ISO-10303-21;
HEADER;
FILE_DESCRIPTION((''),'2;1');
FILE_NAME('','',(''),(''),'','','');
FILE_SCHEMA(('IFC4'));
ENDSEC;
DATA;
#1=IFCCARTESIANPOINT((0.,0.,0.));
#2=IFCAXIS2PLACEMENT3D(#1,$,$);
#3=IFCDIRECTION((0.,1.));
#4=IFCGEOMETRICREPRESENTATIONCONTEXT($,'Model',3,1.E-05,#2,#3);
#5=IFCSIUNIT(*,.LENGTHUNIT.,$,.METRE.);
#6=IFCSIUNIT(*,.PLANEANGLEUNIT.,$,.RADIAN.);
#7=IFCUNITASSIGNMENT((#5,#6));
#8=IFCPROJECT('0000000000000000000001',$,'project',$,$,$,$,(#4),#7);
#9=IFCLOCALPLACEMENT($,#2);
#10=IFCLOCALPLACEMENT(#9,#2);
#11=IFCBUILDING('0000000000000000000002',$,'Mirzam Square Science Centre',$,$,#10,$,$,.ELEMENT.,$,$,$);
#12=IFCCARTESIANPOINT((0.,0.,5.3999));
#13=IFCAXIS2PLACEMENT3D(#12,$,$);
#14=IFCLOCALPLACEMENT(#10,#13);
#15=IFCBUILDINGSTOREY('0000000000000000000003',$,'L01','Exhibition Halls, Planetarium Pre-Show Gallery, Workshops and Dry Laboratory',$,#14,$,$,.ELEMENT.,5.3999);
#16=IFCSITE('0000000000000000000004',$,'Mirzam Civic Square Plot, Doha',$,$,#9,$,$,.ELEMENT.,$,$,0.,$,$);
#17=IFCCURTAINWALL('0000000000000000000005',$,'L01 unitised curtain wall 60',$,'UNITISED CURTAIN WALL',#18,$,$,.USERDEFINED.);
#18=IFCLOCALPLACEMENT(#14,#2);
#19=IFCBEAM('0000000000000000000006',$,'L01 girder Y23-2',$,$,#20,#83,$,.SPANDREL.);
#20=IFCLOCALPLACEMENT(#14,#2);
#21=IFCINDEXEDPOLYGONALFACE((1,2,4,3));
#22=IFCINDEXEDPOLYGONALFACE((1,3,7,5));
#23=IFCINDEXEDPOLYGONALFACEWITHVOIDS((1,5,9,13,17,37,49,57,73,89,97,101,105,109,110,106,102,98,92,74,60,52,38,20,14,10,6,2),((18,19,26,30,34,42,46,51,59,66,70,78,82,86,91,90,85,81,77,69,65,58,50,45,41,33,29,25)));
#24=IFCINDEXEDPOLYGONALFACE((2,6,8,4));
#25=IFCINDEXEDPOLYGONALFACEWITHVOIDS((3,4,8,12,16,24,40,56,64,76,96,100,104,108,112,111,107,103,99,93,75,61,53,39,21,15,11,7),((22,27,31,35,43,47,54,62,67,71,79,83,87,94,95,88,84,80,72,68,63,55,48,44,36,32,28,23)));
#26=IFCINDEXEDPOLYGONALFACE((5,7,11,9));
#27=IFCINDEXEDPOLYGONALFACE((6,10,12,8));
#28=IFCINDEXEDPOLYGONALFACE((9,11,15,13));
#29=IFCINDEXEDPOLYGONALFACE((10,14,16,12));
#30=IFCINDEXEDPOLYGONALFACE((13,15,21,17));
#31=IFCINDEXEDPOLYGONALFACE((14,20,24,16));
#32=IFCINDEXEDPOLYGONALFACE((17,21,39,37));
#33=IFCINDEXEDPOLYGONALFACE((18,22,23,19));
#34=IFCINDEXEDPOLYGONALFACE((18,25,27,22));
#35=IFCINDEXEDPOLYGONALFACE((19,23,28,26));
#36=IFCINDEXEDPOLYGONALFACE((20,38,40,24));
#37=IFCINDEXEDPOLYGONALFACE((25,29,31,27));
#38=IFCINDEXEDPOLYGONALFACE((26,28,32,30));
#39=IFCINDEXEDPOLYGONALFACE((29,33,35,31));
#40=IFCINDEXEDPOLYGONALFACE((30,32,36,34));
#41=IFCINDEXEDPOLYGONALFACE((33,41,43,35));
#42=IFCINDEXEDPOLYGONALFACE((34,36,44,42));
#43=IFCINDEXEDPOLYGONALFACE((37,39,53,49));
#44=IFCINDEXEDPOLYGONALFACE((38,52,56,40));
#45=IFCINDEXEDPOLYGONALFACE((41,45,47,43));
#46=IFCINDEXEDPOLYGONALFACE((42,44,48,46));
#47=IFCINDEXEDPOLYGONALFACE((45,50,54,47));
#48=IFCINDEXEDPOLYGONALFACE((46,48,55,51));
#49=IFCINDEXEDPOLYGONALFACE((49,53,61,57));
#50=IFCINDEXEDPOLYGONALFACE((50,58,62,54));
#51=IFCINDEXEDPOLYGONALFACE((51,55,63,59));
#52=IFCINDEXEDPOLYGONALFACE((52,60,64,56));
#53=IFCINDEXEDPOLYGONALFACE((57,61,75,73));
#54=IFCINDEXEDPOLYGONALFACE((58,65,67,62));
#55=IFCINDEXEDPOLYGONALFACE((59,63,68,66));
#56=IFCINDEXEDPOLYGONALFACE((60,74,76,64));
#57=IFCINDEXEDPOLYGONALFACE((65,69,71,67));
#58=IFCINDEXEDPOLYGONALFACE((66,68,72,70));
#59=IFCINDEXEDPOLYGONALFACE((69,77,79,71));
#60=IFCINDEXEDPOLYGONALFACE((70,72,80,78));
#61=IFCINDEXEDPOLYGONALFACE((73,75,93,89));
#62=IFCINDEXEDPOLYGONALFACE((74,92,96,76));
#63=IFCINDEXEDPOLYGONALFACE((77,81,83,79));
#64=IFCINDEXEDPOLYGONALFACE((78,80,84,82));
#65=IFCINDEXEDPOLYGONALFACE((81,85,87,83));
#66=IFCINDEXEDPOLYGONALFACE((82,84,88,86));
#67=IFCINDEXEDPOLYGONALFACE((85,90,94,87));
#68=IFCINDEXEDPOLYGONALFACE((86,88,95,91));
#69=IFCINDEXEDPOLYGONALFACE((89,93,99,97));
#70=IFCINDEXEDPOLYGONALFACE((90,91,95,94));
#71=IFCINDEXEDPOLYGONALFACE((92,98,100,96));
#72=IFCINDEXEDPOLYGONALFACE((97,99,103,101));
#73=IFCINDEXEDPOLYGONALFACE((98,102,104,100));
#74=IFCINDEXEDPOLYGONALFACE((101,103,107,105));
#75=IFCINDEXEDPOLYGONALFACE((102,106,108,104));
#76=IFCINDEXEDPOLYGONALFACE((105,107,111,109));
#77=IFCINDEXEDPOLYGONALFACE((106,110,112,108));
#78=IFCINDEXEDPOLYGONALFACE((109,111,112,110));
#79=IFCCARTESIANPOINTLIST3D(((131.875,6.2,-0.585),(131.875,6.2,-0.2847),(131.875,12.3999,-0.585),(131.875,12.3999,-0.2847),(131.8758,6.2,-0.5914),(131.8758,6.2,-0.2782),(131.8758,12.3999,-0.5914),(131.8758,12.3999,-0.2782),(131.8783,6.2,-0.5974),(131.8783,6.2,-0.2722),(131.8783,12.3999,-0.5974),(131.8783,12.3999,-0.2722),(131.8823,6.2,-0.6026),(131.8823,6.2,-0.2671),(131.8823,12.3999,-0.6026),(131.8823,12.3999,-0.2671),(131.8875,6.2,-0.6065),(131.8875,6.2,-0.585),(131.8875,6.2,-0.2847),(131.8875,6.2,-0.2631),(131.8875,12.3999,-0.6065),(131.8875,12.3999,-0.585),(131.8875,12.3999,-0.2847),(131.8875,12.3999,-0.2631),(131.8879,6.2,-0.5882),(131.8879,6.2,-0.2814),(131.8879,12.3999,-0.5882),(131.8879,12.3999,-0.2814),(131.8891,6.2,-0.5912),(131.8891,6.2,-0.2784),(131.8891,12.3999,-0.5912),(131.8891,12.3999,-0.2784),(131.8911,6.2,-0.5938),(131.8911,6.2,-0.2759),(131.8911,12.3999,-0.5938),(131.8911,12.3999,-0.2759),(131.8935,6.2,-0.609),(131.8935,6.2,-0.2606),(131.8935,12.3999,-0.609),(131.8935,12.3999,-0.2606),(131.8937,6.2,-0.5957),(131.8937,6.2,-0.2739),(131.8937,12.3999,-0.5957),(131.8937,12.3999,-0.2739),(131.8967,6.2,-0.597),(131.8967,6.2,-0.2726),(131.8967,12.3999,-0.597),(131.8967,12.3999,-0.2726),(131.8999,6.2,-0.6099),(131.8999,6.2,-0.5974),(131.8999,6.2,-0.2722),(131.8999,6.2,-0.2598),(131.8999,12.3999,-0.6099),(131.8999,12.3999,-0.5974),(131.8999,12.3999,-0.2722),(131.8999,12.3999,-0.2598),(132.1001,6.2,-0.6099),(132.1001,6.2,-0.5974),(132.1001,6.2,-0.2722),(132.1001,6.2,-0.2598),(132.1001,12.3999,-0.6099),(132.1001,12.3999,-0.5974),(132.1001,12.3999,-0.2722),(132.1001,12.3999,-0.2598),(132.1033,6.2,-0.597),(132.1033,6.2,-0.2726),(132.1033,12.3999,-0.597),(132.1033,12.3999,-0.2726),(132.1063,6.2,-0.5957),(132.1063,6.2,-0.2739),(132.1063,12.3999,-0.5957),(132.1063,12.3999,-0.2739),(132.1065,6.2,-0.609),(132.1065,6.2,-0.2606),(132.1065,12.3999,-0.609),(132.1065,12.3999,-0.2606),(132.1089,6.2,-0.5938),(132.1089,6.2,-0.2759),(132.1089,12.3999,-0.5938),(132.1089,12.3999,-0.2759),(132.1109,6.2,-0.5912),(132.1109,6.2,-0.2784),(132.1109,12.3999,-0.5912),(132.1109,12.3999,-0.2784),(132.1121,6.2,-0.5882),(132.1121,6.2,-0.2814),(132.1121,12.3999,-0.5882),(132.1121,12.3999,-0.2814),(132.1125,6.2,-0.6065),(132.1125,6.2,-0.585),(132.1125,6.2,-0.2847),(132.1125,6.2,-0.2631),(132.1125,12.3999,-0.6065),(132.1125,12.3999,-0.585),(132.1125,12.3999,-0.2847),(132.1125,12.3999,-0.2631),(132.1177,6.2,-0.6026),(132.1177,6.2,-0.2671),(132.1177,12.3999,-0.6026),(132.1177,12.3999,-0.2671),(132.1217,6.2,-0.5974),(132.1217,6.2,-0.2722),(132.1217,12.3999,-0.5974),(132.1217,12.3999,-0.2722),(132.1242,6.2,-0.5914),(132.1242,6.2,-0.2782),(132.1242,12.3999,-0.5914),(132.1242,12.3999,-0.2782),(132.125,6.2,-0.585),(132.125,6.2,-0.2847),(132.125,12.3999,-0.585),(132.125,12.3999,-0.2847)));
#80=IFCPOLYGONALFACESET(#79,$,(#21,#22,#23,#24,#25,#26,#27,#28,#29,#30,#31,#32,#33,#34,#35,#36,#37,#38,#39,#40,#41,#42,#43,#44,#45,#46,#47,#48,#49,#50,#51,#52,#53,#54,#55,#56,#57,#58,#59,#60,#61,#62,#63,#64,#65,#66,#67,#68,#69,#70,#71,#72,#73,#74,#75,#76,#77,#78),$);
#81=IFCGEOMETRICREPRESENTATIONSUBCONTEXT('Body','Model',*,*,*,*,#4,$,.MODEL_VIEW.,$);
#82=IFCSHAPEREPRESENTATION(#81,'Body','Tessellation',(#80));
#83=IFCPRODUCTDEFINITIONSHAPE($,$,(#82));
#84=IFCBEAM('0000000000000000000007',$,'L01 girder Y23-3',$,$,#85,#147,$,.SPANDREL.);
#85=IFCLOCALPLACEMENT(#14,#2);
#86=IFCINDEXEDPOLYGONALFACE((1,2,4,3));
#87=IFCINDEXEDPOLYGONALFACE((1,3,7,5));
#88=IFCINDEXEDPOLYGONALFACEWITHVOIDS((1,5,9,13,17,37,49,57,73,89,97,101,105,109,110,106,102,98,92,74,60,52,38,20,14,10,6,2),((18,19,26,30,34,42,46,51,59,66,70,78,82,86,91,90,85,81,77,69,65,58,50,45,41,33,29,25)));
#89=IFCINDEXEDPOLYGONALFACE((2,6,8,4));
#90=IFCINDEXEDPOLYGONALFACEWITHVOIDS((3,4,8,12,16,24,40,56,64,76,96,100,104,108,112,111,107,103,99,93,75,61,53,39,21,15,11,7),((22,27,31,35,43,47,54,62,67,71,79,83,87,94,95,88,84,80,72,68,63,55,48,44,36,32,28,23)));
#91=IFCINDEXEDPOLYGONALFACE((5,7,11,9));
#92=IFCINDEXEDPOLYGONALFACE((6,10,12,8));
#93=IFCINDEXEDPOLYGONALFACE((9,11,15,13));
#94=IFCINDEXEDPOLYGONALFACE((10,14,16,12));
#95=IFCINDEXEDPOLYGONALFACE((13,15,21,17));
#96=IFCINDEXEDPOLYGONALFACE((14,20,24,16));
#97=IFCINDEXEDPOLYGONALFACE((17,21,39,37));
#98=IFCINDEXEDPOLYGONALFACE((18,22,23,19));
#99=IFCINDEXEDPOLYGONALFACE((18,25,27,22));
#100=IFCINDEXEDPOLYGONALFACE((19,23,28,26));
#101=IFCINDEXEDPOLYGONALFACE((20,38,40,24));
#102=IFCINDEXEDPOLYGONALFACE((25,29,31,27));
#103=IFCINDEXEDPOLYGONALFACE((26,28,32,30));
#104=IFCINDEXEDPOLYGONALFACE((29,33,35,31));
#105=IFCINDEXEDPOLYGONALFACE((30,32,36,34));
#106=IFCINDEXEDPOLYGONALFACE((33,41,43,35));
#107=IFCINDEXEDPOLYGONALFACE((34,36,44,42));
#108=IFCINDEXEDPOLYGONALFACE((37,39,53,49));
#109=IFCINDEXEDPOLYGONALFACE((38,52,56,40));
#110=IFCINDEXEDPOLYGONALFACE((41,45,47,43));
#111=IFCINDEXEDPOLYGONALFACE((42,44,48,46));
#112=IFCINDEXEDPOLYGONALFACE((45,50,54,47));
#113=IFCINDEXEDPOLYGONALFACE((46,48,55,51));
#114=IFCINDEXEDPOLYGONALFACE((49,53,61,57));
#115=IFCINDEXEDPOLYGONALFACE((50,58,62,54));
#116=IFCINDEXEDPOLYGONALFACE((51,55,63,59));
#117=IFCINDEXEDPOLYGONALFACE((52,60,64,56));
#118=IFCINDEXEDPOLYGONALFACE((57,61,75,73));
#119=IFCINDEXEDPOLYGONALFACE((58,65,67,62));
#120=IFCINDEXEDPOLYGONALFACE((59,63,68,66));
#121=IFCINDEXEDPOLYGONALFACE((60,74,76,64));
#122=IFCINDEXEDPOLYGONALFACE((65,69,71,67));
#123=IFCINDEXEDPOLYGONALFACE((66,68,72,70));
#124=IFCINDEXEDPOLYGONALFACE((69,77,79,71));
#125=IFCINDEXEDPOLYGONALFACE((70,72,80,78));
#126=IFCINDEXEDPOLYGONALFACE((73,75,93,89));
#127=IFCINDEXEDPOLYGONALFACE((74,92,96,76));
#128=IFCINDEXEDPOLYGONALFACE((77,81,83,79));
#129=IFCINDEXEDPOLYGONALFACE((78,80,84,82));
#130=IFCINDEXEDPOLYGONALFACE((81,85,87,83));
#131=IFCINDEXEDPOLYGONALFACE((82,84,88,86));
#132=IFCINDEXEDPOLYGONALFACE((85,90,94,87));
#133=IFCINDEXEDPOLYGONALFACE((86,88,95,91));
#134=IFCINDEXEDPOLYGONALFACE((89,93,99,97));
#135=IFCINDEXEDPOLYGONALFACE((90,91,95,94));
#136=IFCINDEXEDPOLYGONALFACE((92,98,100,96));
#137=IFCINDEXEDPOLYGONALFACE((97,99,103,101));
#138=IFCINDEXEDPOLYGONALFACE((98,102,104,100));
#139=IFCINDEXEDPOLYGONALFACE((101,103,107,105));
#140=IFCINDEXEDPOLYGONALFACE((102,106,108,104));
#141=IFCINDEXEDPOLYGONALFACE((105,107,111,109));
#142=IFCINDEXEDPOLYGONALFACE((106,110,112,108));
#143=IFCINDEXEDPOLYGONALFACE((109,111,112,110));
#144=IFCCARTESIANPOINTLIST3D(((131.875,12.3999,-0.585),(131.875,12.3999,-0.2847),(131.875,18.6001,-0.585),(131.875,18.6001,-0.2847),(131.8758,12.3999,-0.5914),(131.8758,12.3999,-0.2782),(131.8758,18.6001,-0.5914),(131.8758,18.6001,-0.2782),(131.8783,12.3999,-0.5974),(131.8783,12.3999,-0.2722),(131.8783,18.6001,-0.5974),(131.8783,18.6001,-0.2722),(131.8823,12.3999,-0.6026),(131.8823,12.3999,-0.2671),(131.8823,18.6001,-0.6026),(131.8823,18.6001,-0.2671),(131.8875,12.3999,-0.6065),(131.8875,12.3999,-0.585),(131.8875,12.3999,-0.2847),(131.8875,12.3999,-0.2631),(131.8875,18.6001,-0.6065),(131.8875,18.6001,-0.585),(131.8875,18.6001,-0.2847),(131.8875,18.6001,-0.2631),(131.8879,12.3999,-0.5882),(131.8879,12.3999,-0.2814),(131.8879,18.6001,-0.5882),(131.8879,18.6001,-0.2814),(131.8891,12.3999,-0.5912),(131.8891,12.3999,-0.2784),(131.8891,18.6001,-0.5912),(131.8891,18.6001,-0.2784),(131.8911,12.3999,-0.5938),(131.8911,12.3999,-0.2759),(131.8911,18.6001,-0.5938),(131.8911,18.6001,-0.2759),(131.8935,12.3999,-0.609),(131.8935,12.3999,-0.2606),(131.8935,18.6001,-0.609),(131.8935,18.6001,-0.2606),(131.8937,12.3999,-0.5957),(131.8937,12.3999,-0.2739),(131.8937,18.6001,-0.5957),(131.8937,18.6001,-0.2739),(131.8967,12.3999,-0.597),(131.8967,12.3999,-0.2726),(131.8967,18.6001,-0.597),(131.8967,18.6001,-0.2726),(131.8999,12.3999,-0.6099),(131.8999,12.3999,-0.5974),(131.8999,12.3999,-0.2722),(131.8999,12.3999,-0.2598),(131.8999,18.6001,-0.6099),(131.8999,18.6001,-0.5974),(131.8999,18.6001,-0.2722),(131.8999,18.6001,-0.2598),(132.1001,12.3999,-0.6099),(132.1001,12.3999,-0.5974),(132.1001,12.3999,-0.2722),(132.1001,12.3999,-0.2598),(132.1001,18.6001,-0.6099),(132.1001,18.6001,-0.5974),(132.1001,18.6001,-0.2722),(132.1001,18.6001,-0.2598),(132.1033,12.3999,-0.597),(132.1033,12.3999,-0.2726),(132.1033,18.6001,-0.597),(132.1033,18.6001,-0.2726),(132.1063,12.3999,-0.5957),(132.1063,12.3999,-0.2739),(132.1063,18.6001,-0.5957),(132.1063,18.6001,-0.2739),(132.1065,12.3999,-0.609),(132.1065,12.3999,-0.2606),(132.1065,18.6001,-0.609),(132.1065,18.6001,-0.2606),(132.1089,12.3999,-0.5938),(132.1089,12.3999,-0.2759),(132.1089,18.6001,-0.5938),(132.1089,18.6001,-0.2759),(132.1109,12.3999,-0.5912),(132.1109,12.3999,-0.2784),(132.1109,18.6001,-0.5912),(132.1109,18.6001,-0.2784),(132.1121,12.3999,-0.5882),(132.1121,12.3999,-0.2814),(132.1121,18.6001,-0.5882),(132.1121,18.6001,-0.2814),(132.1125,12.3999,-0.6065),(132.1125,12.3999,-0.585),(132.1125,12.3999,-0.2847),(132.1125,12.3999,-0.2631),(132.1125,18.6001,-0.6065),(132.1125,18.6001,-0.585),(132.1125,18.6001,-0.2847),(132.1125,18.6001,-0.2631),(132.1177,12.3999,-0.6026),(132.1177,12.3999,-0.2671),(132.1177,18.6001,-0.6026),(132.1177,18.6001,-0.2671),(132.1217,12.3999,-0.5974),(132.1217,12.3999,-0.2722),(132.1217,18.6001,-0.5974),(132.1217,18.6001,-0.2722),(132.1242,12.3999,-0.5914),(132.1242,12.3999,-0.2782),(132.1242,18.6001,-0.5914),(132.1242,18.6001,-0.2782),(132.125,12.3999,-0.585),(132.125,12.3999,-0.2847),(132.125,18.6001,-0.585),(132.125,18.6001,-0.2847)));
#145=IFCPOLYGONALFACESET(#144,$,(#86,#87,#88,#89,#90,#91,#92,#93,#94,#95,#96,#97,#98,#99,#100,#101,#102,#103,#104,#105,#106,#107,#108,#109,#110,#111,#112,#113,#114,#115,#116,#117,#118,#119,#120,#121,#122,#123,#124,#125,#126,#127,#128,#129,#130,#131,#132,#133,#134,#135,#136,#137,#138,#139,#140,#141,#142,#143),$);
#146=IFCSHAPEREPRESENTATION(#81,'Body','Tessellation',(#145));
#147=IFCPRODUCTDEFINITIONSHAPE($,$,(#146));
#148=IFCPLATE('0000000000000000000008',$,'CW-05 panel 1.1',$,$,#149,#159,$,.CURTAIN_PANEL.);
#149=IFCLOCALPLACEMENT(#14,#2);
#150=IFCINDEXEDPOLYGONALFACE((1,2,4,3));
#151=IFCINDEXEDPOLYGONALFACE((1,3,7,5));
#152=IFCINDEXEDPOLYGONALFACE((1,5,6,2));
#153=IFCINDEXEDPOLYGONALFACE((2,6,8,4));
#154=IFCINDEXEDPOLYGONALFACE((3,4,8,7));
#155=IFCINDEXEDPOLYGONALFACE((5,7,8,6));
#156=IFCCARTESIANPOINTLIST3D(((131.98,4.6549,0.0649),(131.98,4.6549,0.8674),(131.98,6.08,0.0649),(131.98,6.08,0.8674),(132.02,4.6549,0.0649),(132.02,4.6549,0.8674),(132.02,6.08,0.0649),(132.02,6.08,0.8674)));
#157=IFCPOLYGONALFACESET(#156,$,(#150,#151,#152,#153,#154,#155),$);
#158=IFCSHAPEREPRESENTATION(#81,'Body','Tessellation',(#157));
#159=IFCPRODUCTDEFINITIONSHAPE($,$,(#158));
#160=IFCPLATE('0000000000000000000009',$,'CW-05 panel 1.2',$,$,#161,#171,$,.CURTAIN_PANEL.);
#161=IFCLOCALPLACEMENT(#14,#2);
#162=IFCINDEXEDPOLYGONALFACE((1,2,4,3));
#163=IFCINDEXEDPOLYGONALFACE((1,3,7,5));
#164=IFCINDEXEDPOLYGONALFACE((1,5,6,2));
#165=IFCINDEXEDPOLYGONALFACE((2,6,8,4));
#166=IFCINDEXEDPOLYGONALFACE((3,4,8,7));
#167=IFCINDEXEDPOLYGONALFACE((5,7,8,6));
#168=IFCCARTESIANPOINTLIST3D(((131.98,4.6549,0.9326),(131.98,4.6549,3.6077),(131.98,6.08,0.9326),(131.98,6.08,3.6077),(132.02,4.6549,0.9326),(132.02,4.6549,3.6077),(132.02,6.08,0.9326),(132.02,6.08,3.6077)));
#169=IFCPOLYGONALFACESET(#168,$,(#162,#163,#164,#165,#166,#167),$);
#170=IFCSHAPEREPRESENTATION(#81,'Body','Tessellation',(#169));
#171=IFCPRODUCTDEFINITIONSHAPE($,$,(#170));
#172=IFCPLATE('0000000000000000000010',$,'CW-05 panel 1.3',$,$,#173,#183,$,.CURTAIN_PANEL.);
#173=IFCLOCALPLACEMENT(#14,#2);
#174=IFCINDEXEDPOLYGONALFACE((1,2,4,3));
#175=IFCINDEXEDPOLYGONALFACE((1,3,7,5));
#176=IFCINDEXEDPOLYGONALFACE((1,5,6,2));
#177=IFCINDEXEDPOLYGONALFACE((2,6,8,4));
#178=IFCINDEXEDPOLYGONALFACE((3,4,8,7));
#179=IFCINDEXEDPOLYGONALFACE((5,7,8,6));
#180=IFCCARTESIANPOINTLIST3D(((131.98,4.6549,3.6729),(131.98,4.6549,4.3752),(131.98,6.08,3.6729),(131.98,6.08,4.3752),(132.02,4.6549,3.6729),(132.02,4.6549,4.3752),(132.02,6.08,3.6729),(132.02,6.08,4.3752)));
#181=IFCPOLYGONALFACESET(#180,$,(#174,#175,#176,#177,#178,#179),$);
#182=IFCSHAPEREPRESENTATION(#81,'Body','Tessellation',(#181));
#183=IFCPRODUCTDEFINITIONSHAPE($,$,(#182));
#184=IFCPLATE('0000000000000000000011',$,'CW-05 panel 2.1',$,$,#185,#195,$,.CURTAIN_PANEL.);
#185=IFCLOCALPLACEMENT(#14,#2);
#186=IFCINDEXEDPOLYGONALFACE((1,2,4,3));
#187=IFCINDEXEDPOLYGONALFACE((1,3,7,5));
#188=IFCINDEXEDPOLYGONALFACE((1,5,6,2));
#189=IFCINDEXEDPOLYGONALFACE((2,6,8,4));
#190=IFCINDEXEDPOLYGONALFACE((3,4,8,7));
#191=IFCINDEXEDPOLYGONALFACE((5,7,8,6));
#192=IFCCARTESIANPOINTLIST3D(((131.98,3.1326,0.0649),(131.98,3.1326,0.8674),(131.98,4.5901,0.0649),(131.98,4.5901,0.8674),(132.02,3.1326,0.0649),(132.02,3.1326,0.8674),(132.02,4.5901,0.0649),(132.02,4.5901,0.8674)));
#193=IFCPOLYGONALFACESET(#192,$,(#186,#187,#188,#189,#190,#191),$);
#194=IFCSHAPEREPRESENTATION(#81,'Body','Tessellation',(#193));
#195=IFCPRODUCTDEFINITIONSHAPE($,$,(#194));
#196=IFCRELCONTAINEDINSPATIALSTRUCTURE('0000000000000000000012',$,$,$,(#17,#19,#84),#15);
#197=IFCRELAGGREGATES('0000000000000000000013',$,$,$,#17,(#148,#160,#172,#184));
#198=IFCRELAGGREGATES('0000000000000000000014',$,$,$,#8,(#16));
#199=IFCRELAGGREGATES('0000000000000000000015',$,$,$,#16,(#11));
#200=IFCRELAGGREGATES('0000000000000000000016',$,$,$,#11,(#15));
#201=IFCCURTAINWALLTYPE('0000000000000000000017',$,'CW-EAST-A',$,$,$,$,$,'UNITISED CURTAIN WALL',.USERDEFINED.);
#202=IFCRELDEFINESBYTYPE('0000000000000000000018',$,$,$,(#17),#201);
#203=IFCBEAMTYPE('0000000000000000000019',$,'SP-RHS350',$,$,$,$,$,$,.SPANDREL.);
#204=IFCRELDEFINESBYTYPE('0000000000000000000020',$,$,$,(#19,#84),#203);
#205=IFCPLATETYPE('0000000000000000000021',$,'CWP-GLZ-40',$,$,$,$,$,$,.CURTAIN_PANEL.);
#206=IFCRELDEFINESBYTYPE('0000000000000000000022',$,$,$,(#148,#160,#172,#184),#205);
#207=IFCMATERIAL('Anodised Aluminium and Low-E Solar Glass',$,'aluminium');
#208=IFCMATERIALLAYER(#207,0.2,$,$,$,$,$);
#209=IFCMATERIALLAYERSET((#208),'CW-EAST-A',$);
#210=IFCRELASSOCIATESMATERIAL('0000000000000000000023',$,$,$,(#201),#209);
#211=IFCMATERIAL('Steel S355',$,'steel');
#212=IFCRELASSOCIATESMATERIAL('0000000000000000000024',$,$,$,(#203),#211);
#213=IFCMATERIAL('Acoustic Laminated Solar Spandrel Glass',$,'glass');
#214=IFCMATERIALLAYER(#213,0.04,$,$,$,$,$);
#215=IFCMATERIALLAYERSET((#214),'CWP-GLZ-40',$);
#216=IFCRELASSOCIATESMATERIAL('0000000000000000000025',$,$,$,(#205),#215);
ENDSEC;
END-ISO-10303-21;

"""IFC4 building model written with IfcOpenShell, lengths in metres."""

from ifc_helpers import new_model, si_unit, direction, frame, origin, origin_2d, place, context, subcontext, project, spatial, rectangle, hollow_rectangle, extrude, material, layer, layer_set, material_profile, profile_set, type_object, element, aggregate, save


model = new_model("IFC4")

# Units and contexts
model_context = context("Model", 3, precision=1e-05, world=origin(), true_north=direction((0.0, 1.0)))
body_context = subcontext(model_context, "Body", "Model", "MODEL_VIEW")
ifc_project = project(units=[si_unit("LENGTHUNIT", "METRE"), si_unit("PLANEANGLEUNIT", "RADIAN")], contexts=[model_context])

# Site, building, storey
site_placement = place(None, origin())
site = spatial("IfcSite", under=ifc_project, at=site_placement, Name="Mirzam Civic Square Plot, Doha", CompositionType="ELEMENT", RefElevation=0.0)
building_placement = place(site_placement, origin())
building = spatial("IfcBuilding", under=site, at=building_placement, Name="Mirzam Square Science Centre", CompositionType="ELEMENT")
storey_placement = place(building_placement, frame((0.0, 0.0, 5.3999)))
storey = spatial("IfcBuildingStorey", under=building, at=storey_placement, Name="L01", Description="Exhibition Halls, Planetarium Pre-Show Gallery, Workshops and Dry Laboratory", CompositionType="ELEMENT", Elevation=5.3999)

# Shared definitions
ifc_material_1 = material(Name="Steel S355", Category="steel")

# Curtain wall
ifc_material_2 = material(Name="Anodised Aluminium and Low-E Solar Glass", Category="aluminium")
ifc_layer_1 = layer(ifc_material_2, 0.2)
ifc_layer_set_1 = layer_set([ifc_layer_1], Name="CW-EAST-A")
curtain_wall_type = type_object("IfcCurtainWallType", Name="CW-EAST-A", ElementType="UNITISED CURTAIN WALL", PredefinedType="USERDEFINED", material=ifc_layer_set_1)
curtain_wall_placement = place(storey_placement, origin())
curtain_wall = element("IfcCurtainWall", 1, at=curtain_wall_placement, inside=storey, type_object=curtain_wall_type, Name="L01 unitised curtain wall 60", ObjectType="UNITISED CURTAIN WALL", PredefinedType="USERDEFINED")

# Beams
ifc_material_profile_1 = material_profile(ifc_material_1, hollow_rectangle(XDim=0.25, YDim=0.3501, WallThickness=0.0125, InnerFilletRadius=0.0125, OuterFilletRadius=0.0249, at=origin_2d()), Name="350x250x12.5RHS")
ifc_profile_set_1 = profile_set([ifc_material_profile_1], Name="Steel S355")
beam_type_1 = type_object("IfcBeamType", Name="SP-RHS350", PredefinedType="SPANDREL", material=ifc_profile_set_1)
beam_1_placement = place(storey_placement, frame((132.0, 6.2, -0.4348), z_axis=(0.0, 1.0, 0.0), x_axis=(-1.0, 0.0, 0.0)))
element("IfcBeam", 2, at=beam_1_placement, inside=storey, type_object=beam_type_1, Name="L01 girder Y23-2", PredefinedType="SPANDREL", context=body_context, shape_type="SweptSolid", body=[
    extrude(hollow_rectangle(XDim=0.25, YDim=0.3501, WallThickness=0.0125, InnerFilletRadius=0.0125, OuterFilletRadius=0.0249, at=origin_2d()), origin(), (0.0, 0.0, 1.0), 6.2),
])
beam_2_placement = place(storey_placement, frame((132.0, 12.3999, -0.4348), z_axis=(0.0, 1.0, 0.0), x_axis=(-1.0, 0.0, 0.0)))
element("IfcBeam", 3, at=beam_2_placement, inside=storey, type_object=beam_type_1, Name="L01 girder Y23-3", PredefinedType="SPANDREL", context=body_context, shape_type="SweptSolid", body=[
    extrude(hollow_rectangle(XDim=0.25, YDim=0.3501, WallThickness=0.0125, InnerFilletRadius=0.0125, OuterFilletRadius=0.0249, at=origin_2d()), origin(), (0.0, 0.0, 1.0), 6.2002),
])

# Plates
ifc_material_3 = material(Name="Acoustic Laminated Solar Spandrel Glass", Category="glass")
ifc_layer_2 = layer(ifc_material_3, 0.04)
ifc_layer_set_2 = layer_set([ifc_layer_2], Name="CWP-GLZ-40")
plate_type = type_object("IfcPlateType", Name="CWP-GLZ-40", PredefinedType="CURTAIN_PANEL", material=ifc_layer_set_2)
plate_1_placement = place(storey_placement, frame((132.0, 5.3674, 0.0649), z_axis=(0.0, 0.0, 1.0), x_axis=(0.0, -1.0, 0.0)))
plate_1 = element("IfcPlate", 4, at=plate_1_placement, type_object=plate_type, Name="CW-05 panel 1.1", PredefinedType="CURTAIN_PANEL", context=body_context, shape_type="SweptSolid", body=[
    extrude(rectangle(XDim=1.425, YDim=0.04, at=origin_2d()), origin(), (0.0, 0.0, 1.0), 0.8025),
])
plate_2_placement = place(storey_placement, frame((132.0, 5.3674, 0.9326), z_axis=(0.0, 0.0, 1.0), x_axis=(0.0, -1.0, 0.0)))
plate_2 = element("IfcPlate", 5, at=plate_2_placement, type_object=plate_type, Name="CW-05 panel 1.2", PredefinedType="CURTAIN_PANEL", context=body_context, shape_type="SweptSolid", body=[
    extrude(rectangle(XDim=1.425, YDim=0.04, at=origin_2d()), origin(), (0.0, 0.0, 1.0), 2.675),
])
plate_3_placement = place(storey_placement, frame((132.0, 5.3674, 3.6729), z_axis=(0.0, 0.0, 1.0), x_axis=(0.0, -1.0, 0.0)))
plate_3 = element("IfcPlate", 6, at=plate_3_placement, type_object=plate_type, Name="CW-05 panel 1.3", PredefinedType="CURTAIN_PANEL", context=body_context, shape_type="SweptSolid", body=[
    extrude(rectangle(XDim=1.425, YDim=0.04, at=origin_2d()), origin(), (0.0, 0.0, 1.0), 0.7024),
])
plate_4_placement = place(storey_placement, frame((132.0, 3.8613, 0.0649), z_axis=(0.0, 0.0, 1.0), x_axis=(0.0, -1.0, 0.0)))
plate_4 = element("IfcPlate", 7, at=plate_4_placement, type_object=plate_type, Name="CW-05 panel 2.1", PredefinedType="CURTAIN_PANEL", context=body_context, shape_type="SweptSolid", body=[
    extrude(rectangle(XDim=1.4575, YDim=0.04, at=origin_2d()), origin(), (0.0, 0.0, 1.0), 0.8025),
])
aggregate(curtain_wall, [plate_1, plate_2, plate_3, plate_4])

save(model, "model.ifc")
